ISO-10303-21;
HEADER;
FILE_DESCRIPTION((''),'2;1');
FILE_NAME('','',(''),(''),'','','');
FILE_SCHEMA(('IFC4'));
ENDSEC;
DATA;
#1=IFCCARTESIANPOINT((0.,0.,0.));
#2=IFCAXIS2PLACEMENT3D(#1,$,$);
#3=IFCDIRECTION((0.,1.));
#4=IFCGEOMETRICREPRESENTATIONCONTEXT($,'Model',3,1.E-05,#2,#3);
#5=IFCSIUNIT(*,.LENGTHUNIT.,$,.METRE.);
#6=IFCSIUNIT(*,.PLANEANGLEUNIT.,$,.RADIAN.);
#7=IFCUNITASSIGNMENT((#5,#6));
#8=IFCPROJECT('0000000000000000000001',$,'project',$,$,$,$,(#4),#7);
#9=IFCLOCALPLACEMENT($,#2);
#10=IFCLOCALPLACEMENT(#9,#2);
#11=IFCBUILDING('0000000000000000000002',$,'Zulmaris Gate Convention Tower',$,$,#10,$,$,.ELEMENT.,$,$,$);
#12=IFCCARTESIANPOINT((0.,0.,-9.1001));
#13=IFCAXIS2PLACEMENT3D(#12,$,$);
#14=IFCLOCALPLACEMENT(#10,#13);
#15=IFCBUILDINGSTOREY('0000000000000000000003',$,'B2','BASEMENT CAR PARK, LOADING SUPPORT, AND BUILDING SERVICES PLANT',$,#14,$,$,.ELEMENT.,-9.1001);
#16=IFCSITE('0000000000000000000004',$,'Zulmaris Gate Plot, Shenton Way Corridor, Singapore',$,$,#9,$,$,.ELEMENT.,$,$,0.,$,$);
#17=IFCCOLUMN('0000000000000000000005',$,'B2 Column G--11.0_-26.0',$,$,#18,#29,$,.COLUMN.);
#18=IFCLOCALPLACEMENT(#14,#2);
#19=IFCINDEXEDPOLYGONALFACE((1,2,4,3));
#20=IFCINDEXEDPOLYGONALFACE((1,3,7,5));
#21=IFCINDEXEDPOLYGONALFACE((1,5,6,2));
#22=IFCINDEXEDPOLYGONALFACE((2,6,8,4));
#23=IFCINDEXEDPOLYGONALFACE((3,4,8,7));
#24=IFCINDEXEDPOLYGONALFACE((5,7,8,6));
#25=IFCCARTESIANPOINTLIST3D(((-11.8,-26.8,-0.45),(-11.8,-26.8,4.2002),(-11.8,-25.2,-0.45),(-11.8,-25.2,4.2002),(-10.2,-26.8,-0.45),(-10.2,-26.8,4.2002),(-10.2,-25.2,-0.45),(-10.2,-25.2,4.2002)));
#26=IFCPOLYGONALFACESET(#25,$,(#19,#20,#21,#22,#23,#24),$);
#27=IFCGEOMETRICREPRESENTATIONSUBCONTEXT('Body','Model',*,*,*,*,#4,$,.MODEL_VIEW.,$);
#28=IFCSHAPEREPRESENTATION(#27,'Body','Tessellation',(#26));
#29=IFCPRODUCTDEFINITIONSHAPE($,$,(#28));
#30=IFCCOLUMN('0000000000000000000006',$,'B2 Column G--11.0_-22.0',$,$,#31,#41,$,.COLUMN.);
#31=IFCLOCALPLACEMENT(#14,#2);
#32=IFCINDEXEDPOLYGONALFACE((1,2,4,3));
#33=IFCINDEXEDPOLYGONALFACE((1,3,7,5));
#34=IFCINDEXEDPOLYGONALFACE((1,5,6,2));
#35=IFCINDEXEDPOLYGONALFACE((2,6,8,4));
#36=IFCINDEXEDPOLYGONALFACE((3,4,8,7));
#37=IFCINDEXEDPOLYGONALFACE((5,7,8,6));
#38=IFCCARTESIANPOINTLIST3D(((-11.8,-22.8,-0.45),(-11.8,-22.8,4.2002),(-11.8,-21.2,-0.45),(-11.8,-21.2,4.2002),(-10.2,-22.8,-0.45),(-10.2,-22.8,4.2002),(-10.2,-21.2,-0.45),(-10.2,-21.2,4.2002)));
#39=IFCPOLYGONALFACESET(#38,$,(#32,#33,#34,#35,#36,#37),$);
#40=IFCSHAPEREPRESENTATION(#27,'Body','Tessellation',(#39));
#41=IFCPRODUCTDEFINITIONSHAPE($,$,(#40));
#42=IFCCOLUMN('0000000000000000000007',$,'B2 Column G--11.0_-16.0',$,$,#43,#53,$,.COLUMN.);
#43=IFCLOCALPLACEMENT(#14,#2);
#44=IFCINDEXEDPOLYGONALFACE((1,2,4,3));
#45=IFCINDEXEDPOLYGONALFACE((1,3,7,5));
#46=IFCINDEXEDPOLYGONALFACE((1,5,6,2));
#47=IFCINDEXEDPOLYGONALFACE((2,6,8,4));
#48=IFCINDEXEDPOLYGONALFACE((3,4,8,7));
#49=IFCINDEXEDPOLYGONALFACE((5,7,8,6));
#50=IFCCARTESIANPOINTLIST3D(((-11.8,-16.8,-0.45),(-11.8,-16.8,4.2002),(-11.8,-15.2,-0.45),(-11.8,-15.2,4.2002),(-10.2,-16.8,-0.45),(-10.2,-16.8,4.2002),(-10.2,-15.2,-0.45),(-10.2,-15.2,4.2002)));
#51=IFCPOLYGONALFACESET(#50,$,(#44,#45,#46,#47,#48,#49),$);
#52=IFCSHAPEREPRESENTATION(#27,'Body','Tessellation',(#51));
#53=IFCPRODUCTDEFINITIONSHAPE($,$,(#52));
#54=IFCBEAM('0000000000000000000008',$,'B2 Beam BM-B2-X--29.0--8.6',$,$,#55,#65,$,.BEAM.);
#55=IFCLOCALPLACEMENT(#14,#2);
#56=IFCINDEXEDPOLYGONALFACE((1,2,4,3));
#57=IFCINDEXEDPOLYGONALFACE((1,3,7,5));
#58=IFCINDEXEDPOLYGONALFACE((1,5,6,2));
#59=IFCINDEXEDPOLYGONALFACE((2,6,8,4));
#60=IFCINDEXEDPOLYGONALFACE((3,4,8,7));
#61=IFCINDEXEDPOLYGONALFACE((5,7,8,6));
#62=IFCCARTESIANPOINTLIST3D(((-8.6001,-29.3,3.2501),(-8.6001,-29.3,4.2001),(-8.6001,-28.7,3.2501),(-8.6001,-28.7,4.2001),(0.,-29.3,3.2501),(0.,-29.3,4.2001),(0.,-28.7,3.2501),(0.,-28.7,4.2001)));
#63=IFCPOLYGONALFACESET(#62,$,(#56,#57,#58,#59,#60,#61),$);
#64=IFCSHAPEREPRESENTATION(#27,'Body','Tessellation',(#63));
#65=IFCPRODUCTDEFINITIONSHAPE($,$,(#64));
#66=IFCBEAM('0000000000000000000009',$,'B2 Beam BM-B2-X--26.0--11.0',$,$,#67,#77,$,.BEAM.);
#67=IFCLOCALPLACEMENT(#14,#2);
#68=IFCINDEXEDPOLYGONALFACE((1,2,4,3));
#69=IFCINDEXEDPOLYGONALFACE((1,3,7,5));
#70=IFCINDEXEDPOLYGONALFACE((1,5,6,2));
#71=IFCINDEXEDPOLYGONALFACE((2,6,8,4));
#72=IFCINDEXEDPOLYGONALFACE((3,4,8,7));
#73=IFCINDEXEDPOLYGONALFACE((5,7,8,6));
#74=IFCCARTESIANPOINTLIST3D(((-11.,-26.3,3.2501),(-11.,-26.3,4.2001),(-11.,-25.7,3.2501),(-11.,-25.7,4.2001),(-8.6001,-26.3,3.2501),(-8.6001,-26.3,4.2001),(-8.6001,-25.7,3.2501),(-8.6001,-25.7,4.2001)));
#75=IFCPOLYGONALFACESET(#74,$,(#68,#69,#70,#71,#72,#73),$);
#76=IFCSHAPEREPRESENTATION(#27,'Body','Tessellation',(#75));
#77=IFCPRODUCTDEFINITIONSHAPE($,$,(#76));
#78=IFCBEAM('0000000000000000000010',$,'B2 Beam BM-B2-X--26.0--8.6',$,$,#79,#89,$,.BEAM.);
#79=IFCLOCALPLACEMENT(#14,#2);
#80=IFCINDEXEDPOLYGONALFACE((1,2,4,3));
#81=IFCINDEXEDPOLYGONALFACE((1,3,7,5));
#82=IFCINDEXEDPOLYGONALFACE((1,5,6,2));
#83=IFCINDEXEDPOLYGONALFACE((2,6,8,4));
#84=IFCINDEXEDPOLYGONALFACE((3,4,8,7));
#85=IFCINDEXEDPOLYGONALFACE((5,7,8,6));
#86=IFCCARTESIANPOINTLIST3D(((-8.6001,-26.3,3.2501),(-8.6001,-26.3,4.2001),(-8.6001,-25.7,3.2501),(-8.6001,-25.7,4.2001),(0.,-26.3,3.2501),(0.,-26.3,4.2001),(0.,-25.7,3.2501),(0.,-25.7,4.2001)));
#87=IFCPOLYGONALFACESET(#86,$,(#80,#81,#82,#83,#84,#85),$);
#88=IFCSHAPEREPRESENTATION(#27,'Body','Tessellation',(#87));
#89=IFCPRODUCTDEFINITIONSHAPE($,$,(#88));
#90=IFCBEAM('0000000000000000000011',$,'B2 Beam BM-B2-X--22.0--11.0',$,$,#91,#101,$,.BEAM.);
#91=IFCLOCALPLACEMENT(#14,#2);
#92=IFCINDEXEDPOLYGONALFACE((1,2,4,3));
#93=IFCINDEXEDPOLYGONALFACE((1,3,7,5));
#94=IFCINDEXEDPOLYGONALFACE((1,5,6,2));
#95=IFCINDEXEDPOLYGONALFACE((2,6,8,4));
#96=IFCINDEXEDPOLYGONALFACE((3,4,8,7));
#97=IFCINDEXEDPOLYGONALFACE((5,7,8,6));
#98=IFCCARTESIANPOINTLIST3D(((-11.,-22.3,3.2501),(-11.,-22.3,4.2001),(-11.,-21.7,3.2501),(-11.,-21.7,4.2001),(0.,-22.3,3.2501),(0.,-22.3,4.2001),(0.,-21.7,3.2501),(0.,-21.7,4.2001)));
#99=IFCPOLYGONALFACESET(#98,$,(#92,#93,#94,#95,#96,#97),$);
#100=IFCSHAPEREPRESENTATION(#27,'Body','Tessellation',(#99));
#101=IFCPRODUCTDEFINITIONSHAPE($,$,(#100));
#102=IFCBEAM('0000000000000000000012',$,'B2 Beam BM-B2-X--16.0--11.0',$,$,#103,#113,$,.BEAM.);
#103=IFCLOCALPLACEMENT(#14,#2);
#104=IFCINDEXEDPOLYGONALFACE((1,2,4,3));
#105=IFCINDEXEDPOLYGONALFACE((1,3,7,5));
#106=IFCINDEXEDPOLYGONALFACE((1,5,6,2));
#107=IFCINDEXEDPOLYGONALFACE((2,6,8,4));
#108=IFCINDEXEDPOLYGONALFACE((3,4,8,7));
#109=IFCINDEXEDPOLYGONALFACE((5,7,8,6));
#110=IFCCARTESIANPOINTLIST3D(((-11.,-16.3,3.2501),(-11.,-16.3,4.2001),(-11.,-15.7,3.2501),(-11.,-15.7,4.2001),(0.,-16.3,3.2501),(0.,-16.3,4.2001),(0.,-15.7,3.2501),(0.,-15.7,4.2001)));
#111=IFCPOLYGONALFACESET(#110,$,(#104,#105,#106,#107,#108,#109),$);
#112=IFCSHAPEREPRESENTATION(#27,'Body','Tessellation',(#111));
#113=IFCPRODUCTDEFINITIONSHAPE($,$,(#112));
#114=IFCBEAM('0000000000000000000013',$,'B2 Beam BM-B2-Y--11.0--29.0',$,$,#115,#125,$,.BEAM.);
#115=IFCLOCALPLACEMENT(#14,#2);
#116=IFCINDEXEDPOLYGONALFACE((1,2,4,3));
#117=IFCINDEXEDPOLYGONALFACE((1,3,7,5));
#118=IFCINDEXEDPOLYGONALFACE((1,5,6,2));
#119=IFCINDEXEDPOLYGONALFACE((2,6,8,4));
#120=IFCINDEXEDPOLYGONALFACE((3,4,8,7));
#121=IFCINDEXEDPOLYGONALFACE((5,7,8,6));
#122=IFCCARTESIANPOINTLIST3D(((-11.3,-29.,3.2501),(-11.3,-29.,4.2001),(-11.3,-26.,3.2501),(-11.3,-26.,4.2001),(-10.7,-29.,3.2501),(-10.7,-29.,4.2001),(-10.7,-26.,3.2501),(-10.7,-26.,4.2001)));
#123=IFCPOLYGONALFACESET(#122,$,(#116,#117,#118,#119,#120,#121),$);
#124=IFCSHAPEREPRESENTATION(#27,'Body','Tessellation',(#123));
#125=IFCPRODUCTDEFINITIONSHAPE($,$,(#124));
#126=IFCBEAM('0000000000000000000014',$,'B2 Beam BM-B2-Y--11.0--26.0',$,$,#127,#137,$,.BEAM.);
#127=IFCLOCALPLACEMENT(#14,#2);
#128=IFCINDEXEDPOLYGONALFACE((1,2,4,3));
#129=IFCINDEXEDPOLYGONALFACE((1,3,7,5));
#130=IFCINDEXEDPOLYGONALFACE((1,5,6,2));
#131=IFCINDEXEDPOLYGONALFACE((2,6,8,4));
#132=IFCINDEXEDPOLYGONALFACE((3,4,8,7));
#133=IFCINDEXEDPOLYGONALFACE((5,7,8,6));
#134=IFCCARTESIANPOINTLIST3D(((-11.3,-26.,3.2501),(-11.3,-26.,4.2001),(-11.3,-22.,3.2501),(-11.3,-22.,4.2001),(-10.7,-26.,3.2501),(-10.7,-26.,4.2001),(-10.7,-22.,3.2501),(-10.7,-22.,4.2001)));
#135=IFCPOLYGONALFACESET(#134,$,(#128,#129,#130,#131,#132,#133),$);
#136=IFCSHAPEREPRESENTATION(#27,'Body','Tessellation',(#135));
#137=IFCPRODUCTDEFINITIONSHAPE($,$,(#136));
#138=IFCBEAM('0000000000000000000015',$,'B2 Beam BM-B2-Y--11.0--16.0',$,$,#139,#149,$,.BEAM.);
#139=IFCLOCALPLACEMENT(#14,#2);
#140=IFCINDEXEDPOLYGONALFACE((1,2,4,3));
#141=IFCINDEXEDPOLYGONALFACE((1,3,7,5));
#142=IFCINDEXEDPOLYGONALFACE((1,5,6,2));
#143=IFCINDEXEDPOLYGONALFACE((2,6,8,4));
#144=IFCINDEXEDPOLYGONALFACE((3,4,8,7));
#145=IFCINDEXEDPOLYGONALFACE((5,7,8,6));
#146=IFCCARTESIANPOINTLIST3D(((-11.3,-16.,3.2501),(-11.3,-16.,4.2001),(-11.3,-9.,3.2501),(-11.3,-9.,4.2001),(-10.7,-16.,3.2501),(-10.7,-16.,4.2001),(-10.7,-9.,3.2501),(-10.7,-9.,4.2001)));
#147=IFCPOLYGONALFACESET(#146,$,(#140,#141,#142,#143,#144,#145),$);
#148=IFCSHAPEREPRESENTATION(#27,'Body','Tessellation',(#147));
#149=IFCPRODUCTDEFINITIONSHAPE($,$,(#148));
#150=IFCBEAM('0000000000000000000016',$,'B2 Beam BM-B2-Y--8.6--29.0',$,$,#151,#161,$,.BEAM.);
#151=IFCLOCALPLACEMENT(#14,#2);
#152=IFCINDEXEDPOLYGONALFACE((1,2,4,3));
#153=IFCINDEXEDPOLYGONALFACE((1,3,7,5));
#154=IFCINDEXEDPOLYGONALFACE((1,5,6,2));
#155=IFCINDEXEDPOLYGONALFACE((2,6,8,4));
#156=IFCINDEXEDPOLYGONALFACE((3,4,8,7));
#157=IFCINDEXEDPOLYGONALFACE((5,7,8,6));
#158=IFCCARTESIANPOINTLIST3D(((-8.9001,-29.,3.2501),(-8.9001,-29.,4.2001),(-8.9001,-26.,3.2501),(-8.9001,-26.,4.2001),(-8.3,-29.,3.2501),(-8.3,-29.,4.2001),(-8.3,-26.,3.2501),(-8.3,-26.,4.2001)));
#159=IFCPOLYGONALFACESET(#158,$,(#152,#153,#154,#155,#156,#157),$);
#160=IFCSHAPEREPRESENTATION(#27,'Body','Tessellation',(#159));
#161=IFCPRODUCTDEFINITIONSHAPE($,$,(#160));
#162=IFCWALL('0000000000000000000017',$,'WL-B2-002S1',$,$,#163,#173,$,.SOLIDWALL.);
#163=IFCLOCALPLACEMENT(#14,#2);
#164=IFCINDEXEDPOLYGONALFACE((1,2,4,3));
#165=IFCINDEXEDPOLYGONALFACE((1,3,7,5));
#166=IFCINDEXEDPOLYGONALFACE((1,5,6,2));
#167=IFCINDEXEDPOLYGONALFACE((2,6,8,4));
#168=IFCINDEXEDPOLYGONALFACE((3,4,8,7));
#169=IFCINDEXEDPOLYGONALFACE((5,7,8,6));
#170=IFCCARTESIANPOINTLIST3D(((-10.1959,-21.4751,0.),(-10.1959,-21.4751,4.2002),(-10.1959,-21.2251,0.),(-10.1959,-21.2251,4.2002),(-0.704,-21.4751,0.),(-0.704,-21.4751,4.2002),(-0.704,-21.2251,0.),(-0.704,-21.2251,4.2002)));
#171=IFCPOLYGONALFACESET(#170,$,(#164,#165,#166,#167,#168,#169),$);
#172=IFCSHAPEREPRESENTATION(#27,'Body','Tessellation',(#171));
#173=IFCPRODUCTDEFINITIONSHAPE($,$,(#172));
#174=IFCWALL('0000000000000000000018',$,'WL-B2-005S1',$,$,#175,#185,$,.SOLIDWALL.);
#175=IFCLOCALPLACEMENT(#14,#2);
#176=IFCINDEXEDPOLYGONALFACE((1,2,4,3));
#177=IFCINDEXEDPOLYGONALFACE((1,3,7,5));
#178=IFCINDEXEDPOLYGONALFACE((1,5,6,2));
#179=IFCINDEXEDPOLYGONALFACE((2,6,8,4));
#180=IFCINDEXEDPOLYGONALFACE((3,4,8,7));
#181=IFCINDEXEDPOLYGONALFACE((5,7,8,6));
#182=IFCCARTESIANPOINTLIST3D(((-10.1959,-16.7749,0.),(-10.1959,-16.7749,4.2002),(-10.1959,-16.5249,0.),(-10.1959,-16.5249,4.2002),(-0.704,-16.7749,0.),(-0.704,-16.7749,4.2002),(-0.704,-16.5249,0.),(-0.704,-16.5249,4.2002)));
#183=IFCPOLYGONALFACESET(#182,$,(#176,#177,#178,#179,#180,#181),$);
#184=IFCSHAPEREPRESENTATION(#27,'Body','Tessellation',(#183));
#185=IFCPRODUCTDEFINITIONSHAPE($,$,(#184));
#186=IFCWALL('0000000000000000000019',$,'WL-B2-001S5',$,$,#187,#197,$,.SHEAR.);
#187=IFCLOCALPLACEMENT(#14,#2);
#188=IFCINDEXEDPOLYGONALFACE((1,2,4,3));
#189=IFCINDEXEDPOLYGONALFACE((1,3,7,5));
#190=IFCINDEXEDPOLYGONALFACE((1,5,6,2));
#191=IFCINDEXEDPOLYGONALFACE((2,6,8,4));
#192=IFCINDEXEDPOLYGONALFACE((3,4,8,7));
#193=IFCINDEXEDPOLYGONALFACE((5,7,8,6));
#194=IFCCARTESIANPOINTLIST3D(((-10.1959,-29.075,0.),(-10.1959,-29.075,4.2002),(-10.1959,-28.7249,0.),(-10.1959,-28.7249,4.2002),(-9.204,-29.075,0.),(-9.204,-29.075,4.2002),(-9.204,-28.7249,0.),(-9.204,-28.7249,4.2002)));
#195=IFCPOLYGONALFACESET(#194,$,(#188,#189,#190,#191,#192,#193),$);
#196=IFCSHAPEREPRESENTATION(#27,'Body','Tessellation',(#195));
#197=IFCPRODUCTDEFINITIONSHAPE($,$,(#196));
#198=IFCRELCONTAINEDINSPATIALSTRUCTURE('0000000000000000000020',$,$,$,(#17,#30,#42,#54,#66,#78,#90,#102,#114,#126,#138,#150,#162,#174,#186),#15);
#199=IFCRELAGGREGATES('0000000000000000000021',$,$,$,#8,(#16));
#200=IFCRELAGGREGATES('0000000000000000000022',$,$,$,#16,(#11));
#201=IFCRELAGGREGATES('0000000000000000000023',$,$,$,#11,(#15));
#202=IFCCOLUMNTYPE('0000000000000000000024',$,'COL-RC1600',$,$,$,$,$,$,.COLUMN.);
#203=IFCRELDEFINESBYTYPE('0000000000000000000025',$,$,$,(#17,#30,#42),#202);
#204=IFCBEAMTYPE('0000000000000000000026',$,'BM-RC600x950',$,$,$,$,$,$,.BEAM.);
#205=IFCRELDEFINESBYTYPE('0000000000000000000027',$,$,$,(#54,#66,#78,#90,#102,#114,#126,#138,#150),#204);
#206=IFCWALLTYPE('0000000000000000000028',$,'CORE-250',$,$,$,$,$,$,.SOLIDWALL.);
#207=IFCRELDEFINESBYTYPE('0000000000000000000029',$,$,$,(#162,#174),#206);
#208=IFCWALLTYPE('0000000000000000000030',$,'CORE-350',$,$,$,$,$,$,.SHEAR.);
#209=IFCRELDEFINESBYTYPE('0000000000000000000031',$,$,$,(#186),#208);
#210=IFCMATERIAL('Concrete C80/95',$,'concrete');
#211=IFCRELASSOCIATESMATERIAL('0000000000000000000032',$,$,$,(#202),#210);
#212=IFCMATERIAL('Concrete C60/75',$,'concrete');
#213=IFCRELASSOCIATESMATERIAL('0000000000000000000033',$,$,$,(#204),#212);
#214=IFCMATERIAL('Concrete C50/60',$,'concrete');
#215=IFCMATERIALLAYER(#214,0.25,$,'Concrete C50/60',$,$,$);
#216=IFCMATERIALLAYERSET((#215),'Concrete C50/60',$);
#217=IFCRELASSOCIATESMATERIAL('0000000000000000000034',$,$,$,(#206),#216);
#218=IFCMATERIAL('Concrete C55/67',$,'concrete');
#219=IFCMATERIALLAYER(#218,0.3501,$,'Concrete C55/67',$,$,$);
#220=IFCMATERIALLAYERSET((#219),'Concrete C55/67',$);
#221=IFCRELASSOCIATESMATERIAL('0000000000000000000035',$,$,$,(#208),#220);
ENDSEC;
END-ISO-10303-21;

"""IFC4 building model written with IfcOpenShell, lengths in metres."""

from ifc_helpers import new_model, si_unit, direction, frame, frame_2d, origin, origin_2d, place, context, subcontext, project, spatial, rectangle, extrude, material, layer, layer_set, material_profile, profile_set, type_object, element, save


model = new_model("IFC4")

# Units and contexts
model_context = context("Model", 3, precision=1e-05, world=origin(), true_north=direction((0.0, 1.0)))
body_context = subcontext(model_context, "Body", "Model", "MODEL_VIEW")
ifc_project = project(units=[si_unit("LENGTHUNIT", "METRE"), si_unit("PLANEANGLEUNIT", "RADIAN")], contexts=[model_context])

# Site, building, storey
site_placement = place(None, origin())
site = spatial("IfcSite", under=ifc_project, at=site_placement, Name="Zulmaris Gate Plot, Shenton Way Corridor, Singapore", CompositionType="ELEMENT", RefElevation=0.0)
building_placement = place(site_placement, origin())
building = spatial("IfcBuilding", under=site, at=building_placement, Name="Zulmaris Gate Convention Tower", CompositionType="ELEMENT")
storey_placement = place(building_placement, frame((0.0, 0.0, -9.1001)))
storey = spatial("IfcBuildingStorey", under=building, at=storey_placement, Name="B2", Description="BASEMENT CAR PARK, LOADING SUPPORT, AND BUILDING SERVICES PLANT", CompositionType="ELEMENT", Elevation=-9.1001)

# Shared definitions
ifc_material_1 = material(Name="Concrete C50/60", Category="concrete")

# Columns
ifc_material_2 = material(Name="Concrete C80/95", Category="concrete")
ifc_material_profile_1 = material_profile(ifc_material_2, rectangle(XDim=1.6001, YDim=1.6001, at=origin_2d()), Name="RC COL 1600x1600")
ifc_profile_set_1 = profile_set([ifc_material_profile_1], Name="Concrete C80/95")
column_type_1 = type_object("IfcColumnType", Name="COL-RC1600", PredefinedType="COLUMN", material=ifc_profile_set_1)
for number, where, z_axis, x_axis, name in (
    (1, (-11.0, -26.0, -0.45), (0.0, 0.0, 1.0), (1.0, 0.0, 0.0), "B2 Column G--11.0_-26.0"),
    (2, (-11.0, -22.0, -0.45), (0.0, 0.0, 1.0), (1.0, 0.0, 0.0), "B2 Column G--11.0_-22.0"),
    (3, (-11.0, -16.0, -0.45), (0.0, 0.0, 1.0), (1.0, 0.0, 0.0), "B2 Column G--11.0_-16.0"),
):
    element("IfcColumn", number, at=place(storey_placement, frame(where, z_axis=z_axis, x_axis=x_axis)), inside=storey, type_object=column_type_1, Name=name, PredefinedType="COLUMN", context=body_context, shape_type="SweptSolid", body=[
        extrude(rectangle(XDim=1.6001, YDim=1.6001, at=origin_2d()), origin(), (0.0, 0.0, 1.0), 4.6501),
    ])

# Beams
ifc_material_3 = material(Name="Concrete C60/75", Category="concrete")
ifc_material_profile_2 = material_profile(ifc_material_3, rectangle(XDim=0.6001, YDim=0.95, at=origin_2d()), Name="RC BEAM 600x950")
ifc_profile_set_2 = profile_set([ifc_material_profile_2], Name="Concrete C60/75")
beam_type = type_object("IfcBeamType", Name="BM-RC600x950", PredefinedType="BEAM", material=ifc_profile_set_2)
beam_1_placement = place(storey_placement, frame((-8.6001, -29.0, 3.7251), z_axis=(1.0, 0.0, 0.0), x_axis=(0.0, 1.0, 0.0)))
element("IfcBeam", 4, at=beam_1_placement, inside=storey, type_object=beam_type, Name="B2 Beam BM-B2-X--29.0--8.6", PredefinedType="BEAM", context=body_context, shape_type="SweptSolid", body=[
    extrude(rectangle(XDim=0.6001, YDim=0.95, at=origin_2d()), origin(), (0.0, 0.0, 1.0), 8.6001),
])
beam_2_placement = place(storey_placement, frame((-11.0, -26.0, 3.7251), z_axis=(1.0, 0.0, 0.0), x_axis=(0.0, 1.0, 0.0)))
element("IfcBeam", 5, at=beam_2_placement, inside=storey, type_object=beam_type, Name="B2 Beam BM-B2-X--26.0--11.0", PredefinedType="BEAM", context=body_context, shape_type="SweptSolid", body=[
    extrude(rectangle(XDim=0.6001, YDim=0.95, at=origin_2d()), origin(), (0.0, 0.0, 1.0), 2.3999),
])
beam_3_placement = place(storey_placement, frame((-8.6001, -26.0, 3.7251), z_axis=(1.0, 0.0, 0.0), x_axis=(0.0, 1.0, 0.0)))
element("IfcBeam", 6, at=beam_3_placement, inside=storey, type_object=beam_type, Name="B2 Beam BM-B2-X--26.0--8.6", PredefinedType="BEAM", context=body_context, shape_type="SweptSolid", body=[
    extrude(rectangle(XDim=0.6001, YDim=0.95, at=origin_2d()), origin(), (0.0, 0.0, 1.0), 8.6001),
])
for number, where, z_axis, x_axis, name in (
    (7, (-11.0, -22.0, 3.7251), (1.0, 0.0, 0.0), (0.0, 1.0, 0.0), "B2 Beam BM-B2-X--22.0--11.0"),
    (8, (-11.0, -16.0, 3.7251), (1.0, 0.0, 0.0), (0.0, 1.0, 0.0), "B2 Beam BM-B2-X--16.0--11.0"),
):
    element("IfcBeam", number, at=place(storey_placement, frame(where, z_axis=z_axis, x_axis=x_axis)), inside=storey, type_object=beam_type, Name=name, PredefinedType="BEAM", context=body_context, shape_type="SweptSolid", body=[
        extrude(rectangle(XDim=0.6001, YDim=0.95, at=origin_2d()), origin(), (0.0, 0.0, 1.0), 11.0),
    ])
beam_4_placement = place(storey_placement, frame((-11.0, -29.0, 3.7251), z_axis=(0.0, 1.0, 0.0), x_axis=(-1.0, 0.0, 0.0)))
element("IfcBeam", 9, at=beam_4_placement, inside=storey, type_object=beam_type, Name="B2 Beam BM-B2-Y--11.0--29.0", PredefinedType="BEAM", context=body_context, shape_type="SweptSolid", body=[
    extrude(rectangle(XDim=0.6001, YDim=0.95, at=origin_2d()), origin(), (0.0, 0.0, 1.0), 3.0),
])
beam_5_placement = place(storey_placement, frame((-11.0, -26.0, 3.7251), z_axis=(0.0, 1.0, 0.0), x_axis=(-1.0, 0.0, 0.0)))
element("IfcBeam", 10, at=beam_5_placement, inside=storey, type_object=beam_type, Name="B2 Beam BM-B2-Y--11.0--26.0", PredefinedType="BEAM", context=body_context, shape_type="SweptSolid", body=[
    extrude(rectangle(XDim=0.6001, YDim=0.95, at=origin_2d()), origin(), (0.0, 0.0, 1.0), 4.0),
])
beam_6_placement = place(storey_placement, frame((-11.0, -16.0, 3.7251), z_axis=(0.0, 1.0, 0.0), x_axis=(-1.0, 0.0, 0.0)))
element("IfcBeam", 11, at=beam_6_placement, inside=storey, type_object=beam_type, Name="B2 Beam BM-B2-Y--11.0--16.0", PredefinedType="BEAM", context=body_context, shape_type="SweptSolid", body=[
    extrude(rectangle(XDim=0.6001, YDim=0.95, at=origin_2d()), origin(), (0.0, 0.0, 1.0), 7.0),
])
beam_7_placement = place(storey_placement, frame((-8.6001, -29.0, 3.7251), z_axis=(0.0, 1.0, 0.0), x_axis=(-1.0, 0.0, 0.0)))
element("IfcBeam", 12, at=beam_7_placement, inside=storey, type_object=beam_type, Name="B2 Beam BM-B2-Y--8.6--29.0", PredefinedType="BEAM", context=body_context, shape_type="SweptSolid", body=[
    extrude(rectangle(XDim=0.6001, YDim=0.95, at=origin_2d()), origin(), (0.0, 0.0, 1.0), 3.0),
])

# Walls
ifc_layer_1 = layer(ifc_material_1, 0.25, Name="Concrete C50/60")
ifc_layer_set_1 = layer_set([ifc_layer_1], Name="Concrete C50/60")
wall_type_1 = type_object("IfcWallType", Name="CORE-250", PredefinedType="SOLIDWALL", material=ifc_layer_set_1)
for number, where, z_axis, x_axis, name in (
    (13, (-10.196, -21.3501, 0.0), (0.0, 0.0, 1.0), (1.0, 0.0, 0.0), "WL-B2-002S1"),
    (14, (-10.196, -16.6499, 0.0), (0.0, 0.0, 1.0), (1.0, 0.0, 0.0), "WL-B2-005S1"),
):
    element("IfcWall", number, at=place(storey_placement, frame(where, z_axis=z_axis, x_axis=x_axis)), inside=storey, type_object=wall_type_1, Name=name, PredefinedType="SOLIDWALL", context=body_context, shape_type="SweptSolid", body=[
        extrude(rectangle(XDim=9.4919, YDim=0.25, at=frame_2d((4.7461, 0.0))), origin(), (0.0, 0.0, 1.0), 4.2002),
    ])
ifc_material_4 = material(Name="Concrete C55/67", Category="concrete")
ifc_layer_2 = layer(ifc_material_4, 0.3501, Name="Concrete C55/67")
ifc_layer_set_2 = layer_set([ifc_layer_2], Name="Concrete C55/67")
wall_type_2 = type_object("IfcWallType", Name="CORE-350", PredefinedType="SHEAR", material=ifc_layer_set_2)
wall_1_placement = place(storey_placement, frame((-10.196, -28.8999, 0.0), z_axis=(0.0, 0.0, 1.0), x_axis=(1.0, 0.0, 0.0)))
element("IfcWall", 15, at=wall_1_placement, inside=storey, type_object=wall_type_2, Name="WL-B2-001S5", PredefinedType="SHEAR", context=body_context, shape_type="SweptSolid", body=[
    extrude(rectangle(XDim=0.9919, YDim=0.3501, at=frame_2d((0.4961, 0.0))), origin(), (0.0, 0.0, 1.0), 4.2002),
])

save(model, "model.ifc")
